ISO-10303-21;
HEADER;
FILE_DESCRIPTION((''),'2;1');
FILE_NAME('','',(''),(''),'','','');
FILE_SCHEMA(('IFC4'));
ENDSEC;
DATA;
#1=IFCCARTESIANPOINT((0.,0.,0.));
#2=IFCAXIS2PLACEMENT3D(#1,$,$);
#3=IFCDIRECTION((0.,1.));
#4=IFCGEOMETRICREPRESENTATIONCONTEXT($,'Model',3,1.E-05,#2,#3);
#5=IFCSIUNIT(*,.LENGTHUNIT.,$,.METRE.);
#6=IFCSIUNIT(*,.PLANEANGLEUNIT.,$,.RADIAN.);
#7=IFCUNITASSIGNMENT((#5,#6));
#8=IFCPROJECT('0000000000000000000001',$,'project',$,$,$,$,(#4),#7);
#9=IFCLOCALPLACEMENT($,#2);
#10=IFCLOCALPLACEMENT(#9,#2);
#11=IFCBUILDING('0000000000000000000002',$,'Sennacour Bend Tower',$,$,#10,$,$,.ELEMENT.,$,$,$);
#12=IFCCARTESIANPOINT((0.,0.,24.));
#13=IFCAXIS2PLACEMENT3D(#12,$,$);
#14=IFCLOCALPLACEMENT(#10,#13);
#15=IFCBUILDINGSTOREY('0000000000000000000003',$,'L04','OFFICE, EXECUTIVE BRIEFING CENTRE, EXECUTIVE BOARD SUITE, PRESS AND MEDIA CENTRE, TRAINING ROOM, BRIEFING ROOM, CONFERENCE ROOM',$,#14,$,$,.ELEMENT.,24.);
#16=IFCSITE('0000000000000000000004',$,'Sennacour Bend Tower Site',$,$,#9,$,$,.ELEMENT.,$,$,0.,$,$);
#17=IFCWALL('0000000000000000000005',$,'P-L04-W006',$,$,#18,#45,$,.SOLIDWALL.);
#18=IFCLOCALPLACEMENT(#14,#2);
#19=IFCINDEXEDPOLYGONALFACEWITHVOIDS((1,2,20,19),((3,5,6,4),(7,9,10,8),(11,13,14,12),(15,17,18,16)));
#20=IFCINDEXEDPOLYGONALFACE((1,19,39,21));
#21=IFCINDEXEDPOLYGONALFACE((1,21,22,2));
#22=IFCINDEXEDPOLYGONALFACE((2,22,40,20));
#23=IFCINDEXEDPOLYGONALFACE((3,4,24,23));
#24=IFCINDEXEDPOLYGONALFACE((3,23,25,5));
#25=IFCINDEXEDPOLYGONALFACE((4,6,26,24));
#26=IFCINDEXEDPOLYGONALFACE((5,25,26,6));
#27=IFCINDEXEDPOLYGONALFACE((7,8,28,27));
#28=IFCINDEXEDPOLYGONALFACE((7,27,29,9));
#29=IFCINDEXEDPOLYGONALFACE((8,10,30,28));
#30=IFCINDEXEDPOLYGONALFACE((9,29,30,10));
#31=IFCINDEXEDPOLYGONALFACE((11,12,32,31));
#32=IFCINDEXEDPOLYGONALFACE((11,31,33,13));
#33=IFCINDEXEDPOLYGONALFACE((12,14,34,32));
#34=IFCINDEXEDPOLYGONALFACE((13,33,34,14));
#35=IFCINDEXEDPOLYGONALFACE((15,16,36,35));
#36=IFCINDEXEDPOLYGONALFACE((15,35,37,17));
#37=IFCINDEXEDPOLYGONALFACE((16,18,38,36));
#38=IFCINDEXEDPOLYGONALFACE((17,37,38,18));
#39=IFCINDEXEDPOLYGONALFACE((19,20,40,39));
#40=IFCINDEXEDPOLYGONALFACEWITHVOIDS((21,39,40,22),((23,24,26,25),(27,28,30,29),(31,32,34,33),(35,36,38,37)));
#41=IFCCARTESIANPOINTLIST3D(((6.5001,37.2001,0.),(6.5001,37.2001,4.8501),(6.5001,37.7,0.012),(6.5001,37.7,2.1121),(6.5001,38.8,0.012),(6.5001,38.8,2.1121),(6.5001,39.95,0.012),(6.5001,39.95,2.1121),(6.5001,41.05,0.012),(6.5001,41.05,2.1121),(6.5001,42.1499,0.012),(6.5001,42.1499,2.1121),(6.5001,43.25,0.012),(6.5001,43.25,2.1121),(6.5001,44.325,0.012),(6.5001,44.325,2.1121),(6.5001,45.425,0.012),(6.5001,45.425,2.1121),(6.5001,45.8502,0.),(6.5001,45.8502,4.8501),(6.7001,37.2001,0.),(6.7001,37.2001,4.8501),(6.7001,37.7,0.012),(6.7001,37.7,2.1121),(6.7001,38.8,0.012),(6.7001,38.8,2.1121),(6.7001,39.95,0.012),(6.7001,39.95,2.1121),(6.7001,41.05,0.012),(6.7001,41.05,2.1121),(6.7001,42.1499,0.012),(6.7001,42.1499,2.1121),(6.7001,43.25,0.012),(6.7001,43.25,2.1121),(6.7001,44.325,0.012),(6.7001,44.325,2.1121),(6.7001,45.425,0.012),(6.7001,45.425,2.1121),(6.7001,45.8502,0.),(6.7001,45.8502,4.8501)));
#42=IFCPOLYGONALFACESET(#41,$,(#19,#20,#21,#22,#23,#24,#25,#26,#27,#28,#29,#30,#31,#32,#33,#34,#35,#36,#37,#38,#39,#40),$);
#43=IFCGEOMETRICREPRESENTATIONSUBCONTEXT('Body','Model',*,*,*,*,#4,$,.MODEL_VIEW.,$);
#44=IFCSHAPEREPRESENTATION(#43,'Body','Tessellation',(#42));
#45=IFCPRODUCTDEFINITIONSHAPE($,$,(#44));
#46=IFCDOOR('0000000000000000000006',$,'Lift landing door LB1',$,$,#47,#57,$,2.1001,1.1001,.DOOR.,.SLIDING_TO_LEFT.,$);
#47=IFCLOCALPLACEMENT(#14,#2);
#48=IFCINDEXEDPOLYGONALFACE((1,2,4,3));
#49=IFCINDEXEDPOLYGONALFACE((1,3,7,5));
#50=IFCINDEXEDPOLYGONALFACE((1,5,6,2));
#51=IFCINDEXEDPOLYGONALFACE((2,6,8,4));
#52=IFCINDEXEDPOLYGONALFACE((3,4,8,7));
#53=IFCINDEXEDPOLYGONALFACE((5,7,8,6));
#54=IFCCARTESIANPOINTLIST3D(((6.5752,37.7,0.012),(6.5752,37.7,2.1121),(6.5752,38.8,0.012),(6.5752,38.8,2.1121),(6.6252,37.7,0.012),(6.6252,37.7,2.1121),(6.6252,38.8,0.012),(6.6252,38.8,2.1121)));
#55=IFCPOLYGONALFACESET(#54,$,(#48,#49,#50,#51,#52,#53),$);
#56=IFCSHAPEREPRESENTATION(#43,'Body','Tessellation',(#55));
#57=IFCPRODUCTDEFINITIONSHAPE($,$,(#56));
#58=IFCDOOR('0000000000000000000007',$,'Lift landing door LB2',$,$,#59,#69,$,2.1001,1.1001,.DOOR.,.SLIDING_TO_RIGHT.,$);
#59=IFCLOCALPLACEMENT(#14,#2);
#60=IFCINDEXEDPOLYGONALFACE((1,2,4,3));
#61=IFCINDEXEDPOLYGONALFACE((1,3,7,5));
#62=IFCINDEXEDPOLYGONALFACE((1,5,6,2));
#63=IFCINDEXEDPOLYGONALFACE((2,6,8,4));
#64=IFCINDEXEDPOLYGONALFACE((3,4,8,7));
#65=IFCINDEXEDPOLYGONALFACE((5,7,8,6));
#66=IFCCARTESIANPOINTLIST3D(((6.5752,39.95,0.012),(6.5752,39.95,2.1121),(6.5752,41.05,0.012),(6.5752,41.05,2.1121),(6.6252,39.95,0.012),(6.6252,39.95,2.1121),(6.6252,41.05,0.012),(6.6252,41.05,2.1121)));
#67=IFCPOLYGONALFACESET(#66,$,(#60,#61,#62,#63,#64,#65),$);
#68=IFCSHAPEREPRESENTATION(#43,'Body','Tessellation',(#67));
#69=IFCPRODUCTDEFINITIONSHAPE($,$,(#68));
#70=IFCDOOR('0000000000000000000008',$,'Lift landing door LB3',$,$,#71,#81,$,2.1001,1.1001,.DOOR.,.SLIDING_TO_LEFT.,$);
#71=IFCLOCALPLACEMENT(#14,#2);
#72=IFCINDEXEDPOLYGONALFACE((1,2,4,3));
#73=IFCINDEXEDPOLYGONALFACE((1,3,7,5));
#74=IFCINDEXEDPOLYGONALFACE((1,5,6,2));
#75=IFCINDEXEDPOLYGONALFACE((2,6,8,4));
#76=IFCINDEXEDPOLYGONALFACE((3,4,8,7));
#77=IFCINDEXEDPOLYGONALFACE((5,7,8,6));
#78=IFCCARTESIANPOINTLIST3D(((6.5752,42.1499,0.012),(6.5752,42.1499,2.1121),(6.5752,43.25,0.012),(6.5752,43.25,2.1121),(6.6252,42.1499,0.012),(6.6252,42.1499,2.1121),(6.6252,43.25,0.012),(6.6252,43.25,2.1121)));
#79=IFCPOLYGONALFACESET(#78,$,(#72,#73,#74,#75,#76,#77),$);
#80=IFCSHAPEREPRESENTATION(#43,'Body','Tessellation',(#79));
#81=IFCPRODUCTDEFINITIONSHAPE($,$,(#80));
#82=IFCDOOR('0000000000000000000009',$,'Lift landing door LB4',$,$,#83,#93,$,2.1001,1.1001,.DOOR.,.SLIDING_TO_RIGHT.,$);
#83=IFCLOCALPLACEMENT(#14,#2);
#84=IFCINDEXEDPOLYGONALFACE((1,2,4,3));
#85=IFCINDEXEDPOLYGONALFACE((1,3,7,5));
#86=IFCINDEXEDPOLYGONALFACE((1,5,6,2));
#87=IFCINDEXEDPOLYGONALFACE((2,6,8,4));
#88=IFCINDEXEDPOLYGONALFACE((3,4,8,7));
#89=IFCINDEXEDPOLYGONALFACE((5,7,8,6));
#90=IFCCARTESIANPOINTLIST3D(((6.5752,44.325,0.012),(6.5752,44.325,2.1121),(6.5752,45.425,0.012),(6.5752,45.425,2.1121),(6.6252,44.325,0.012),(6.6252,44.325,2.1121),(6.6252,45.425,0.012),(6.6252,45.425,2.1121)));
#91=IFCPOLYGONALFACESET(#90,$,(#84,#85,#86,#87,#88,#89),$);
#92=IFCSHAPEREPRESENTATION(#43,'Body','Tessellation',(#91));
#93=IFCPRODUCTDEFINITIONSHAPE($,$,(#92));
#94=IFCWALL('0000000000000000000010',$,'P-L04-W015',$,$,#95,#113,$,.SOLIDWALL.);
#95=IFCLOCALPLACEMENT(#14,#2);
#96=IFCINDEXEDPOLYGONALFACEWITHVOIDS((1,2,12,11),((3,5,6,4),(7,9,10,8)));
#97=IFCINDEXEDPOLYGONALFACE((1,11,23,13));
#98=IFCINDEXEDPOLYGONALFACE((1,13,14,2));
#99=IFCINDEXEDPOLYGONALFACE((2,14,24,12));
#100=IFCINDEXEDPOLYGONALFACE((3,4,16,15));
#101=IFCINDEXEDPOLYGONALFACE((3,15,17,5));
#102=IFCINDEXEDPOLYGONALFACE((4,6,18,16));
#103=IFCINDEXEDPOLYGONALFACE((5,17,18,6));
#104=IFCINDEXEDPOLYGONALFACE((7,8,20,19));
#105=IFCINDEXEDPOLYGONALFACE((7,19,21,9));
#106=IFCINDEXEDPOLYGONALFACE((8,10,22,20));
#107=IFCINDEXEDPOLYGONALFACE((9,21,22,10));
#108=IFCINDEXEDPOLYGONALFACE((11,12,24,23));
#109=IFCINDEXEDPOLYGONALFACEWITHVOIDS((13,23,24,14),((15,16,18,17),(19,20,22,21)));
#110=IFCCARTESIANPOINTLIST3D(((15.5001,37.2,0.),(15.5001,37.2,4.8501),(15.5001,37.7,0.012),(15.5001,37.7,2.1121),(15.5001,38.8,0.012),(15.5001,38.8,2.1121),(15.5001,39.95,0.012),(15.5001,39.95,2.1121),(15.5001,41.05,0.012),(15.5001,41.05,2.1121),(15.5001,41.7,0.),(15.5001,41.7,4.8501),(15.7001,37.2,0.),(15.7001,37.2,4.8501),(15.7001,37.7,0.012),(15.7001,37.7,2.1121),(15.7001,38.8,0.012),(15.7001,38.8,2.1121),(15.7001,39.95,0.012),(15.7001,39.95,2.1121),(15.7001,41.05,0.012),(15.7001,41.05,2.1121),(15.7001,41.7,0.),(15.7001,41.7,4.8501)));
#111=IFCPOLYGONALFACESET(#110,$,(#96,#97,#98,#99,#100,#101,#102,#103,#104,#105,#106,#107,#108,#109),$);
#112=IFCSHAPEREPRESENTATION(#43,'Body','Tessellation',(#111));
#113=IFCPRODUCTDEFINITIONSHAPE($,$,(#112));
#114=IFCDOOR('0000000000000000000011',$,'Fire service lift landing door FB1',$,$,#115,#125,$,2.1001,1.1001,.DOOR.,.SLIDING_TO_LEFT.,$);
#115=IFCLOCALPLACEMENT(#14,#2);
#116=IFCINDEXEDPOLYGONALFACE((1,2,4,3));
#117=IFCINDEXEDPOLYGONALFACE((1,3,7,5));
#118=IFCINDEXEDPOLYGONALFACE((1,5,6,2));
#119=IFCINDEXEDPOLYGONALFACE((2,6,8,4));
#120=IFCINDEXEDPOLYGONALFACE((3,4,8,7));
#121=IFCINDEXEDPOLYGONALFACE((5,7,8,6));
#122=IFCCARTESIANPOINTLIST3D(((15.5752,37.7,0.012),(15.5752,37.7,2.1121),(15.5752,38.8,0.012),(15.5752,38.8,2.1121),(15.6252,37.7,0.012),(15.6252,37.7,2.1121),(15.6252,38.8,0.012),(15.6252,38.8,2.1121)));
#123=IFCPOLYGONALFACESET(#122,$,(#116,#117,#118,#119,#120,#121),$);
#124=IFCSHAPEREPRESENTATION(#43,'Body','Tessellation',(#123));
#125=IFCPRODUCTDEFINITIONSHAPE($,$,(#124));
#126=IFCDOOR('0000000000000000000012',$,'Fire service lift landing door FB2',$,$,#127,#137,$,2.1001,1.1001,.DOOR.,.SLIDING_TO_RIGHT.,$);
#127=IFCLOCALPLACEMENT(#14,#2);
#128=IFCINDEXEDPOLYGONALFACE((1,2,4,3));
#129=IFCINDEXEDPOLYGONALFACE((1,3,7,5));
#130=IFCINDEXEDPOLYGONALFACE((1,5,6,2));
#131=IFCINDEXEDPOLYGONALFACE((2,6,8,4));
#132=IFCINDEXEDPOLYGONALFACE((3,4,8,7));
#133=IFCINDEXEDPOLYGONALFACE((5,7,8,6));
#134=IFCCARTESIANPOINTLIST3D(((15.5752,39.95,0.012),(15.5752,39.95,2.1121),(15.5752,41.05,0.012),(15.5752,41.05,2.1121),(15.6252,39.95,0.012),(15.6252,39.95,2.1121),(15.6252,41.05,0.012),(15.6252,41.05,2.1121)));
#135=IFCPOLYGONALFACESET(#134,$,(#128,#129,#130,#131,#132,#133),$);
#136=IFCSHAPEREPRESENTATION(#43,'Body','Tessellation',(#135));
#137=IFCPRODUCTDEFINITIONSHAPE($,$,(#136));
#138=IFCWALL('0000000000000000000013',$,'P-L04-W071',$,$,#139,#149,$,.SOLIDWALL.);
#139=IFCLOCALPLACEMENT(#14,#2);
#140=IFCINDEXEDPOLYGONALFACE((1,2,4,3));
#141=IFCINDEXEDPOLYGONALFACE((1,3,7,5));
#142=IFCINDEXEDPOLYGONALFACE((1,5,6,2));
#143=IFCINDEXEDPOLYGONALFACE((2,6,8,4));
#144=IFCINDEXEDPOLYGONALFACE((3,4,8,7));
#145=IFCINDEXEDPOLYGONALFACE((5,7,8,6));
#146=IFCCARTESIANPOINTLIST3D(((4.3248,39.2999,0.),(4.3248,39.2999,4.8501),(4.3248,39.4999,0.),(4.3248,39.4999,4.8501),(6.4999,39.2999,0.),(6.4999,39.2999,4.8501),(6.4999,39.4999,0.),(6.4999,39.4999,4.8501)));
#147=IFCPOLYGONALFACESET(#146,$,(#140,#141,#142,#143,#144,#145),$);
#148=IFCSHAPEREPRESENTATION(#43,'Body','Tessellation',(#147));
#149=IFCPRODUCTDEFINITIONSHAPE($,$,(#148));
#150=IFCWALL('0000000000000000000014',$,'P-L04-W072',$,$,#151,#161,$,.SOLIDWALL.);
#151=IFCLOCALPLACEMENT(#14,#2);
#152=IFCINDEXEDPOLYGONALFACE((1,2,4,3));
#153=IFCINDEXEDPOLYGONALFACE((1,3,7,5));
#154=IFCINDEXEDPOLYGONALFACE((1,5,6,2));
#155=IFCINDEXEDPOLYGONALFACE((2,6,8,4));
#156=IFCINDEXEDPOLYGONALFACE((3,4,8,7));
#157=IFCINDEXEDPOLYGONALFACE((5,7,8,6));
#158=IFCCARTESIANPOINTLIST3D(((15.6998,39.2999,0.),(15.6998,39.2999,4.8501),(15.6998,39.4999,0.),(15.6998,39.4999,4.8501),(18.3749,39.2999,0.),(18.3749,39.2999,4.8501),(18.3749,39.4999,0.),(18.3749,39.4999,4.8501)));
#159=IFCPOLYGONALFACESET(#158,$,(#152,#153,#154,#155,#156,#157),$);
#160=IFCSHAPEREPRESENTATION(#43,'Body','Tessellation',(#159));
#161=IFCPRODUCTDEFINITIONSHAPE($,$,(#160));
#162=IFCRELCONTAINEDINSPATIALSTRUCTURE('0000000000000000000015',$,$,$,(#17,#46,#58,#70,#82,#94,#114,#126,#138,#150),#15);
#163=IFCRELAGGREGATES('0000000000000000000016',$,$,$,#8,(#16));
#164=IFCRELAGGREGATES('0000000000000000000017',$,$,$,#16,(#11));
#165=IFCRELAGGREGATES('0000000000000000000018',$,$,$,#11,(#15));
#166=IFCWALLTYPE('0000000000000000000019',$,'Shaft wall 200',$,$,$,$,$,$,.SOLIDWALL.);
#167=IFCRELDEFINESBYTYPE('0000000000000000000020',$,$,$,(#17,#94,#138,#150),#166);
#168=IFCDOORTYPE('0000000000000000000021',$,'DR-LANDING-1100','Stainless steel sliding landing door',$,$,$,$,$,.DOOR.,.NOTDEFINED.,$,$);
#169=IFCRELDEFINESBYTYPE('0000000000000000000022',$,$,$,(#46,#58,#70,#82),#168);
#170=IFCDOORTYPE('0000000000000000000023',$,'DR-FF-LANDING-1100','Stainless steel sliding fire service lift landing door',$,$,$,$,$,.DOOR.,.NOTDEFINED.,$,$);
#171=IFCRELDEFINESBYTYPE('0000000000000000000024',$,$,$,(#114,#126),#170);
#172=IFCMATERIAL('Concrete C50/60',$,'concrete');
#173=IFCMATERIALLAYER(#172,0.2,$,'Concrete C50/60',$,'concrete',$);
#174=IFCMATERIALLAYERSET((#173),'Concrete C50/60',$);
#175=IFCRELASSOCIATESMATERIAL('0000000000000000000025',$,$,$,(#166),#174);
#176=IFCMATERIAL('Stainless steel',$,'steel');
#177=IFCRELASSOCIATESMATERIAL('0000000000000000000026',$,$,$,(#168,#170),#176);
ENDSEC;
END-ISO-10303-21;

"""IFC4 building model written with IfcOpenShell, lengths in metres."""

from ifc_helpers import new_model, si_unit, direction, frame, frame_2d, origin, place, context, subcontext, project, spatial, rectangle, extrude, material, layer, layer_set, type_object, element, fill, save


model = new_model("IFC4")

# Units and contexts
model_context = context("Model", 3, precision=1e-05, world=origin(), true_north=direction((0.0, 1.0)))
body_context = subcontext(model_context, "Body", "Model", "MODEL_VIEW")
ifc_project = project(units=[si_unit("LENGTHUNIT", "METRE"), si_unit("PLANEANGLEUNIT", "RADIAN")], contexts=[model_context])

# Site, building, storey
site_placement = place(None, origin())
site = spatial("IfcSite", under=ifc_project, at=site_placement, Name="Sennacour Bend Tower Site", CompositionType="ELEMENT", RefElevation=0.0)
building_placement = place(site_placement, origin())
building = spatial("IfcBuilding", under=site, at=building_placement, Name="Sennacour Bend Tower", CompositionType="ELEMENT")
storey_placement = place(building_placement, frame((0.0, 0.0, 24.0)))
storey = spatial("IfcBuildingStorey", under=building, at=storey_placement, Name="L04", Description="OFFICE, EXECUTIVE BRIEFING CENTRE, EXECUTIVE BOARD SUITE, PRESS AND MEDIA CENTRE, TRAINING ROOM, BRIEFING ROOM, CONFERENCE ROOM", CompositionType="ELEMENT", Elevation=24.0)

# Walls, openings, doors
ifc_material_1 = material(Name="Concrete C50/60", Category="concrete")
ifc_layer_1 = layer(ifc_material_1, 0.2, Name="Concrete C50/60", Category="concrete")
ifc_layer_set_1 = layer_set([ifc_layer_1], Name="Concrete C50/60")
wall_type_1 = type_object("IfcWallType", Name="Shaft wall 200", PredefinedType="SOLIDWALL", material=ifc_layer_set_1)
wall_1_placement = place(storey_placement, frame((6.6001, 37.2, 0.0), z_axis=(0.0, 0.0, 1.0), x_axis=(0.0, 1.0, 0.0)))
wall_1 = element("IfcWall", 1, at=wall_1_placement, inside=storey, type_object=wall_type_1, Name="P-L04-W006", PredefinedType="SOLIDWALL", context=body_context, shape_type="SweptSolid", body=[
    extrude(rectangle(XDim=8.6501, YDim=0.2, at=frame_2d((4.3252, 0.0))), origin(), (0.0, 0.0, 1.0), 4.8501),
])
opening_1_placement = place(wall_1_placement, frame((0.5, 0.0, 0.012)))
opening_1 = element("IfcOpeningElement", 2, at=opening_1_placement, cuts=wall_1, PredefinedType="OPENING", context=body_context, shape_type="SweptSolid", body=[
    extrude(rectangle(XDim=1.1001, YDim=2.1001, at=frame_2d((0.55, 1.05))), frame((0.0, 0.1099, 0.0), z_axis=(0.0, -1.0, 0.0), x_axis=(1.0, 0.0, 0.0)), (0.0, 0.0, 1.0), 0.22),
])
opening_2_placement = place(wall_1_placement, frame((2.75, 0.0, 0.012)))
opening_2 = element("IfcOpeningElement", 3, at=opening_2_placement, cuts=wall_1, PredefinedType="OPENING", context=body_context, shape_type="SweptSolid", body=[
    extrude(rectangle(XDim=1.1001, YDim=2.1001, at=frame_2d((0.55, 1.05))), frame((0.0, 0.1099, 0.0), z_axis=(0.0, -1.0, 0.0), x_axis=(1.0, 0.0, 0.0)), (0.0, 0.0, 1.0), 0.22),
])
opening_3_placement = place(wall_1_placement, frame((4.95, 0.0, 0.012)))
opening_3 = element("IfcOpeningElement", 4, at=opening_3_placement, cuts=wall_1, PredefinedType="OPENING", context=body_context, shape_type="SweptSolid", body=[
    extrude(rectangle(XDim=1.1001, YDim=2.1001, at=frame_2d((0.55, 1.05))), frame((0.0, 0.1099, 0.0), z_axis=(0.0, -1.0, 0.0), x_axis=(1.0, 0.0, 0.0)), (0.0, 0.0, 1.0), 0.22),
])
opening_4_placement = place(wall_1_placement, frame((7.125, 0.0, 0.012)))
opening_4 = element("IfcOpeningElement", 5, at=opening_4_placement, cuts=wall_1, PredefinedType="OPENING", context=body_context, shape_type="SweptSolid", body=[
    extrude(rectangle(XDim=1.1001, YDim=2.1001, at=frame_2d((0.55, 1.05))), frame((0.0, 0.1099, 0.0), z_axis=(0.0, -1.0, 0.0), x_axis=(1.0, 0.0, 0.0)), (0.0, 0.0, 1.0), 0.22),
])
ifc_material_2 = material(Name="Stainless steel", Category="steel")
door_type_1 = type_object("IfcDoorType", Name="DR-LANDING-1100", Description="Stainless steel sliding landing door", OperationType="NOTDEFINED", PredefinedType="DOOR", material=ifc_material_2)
door_1_placement = place(opening_1_placement, origin())
door_1 = element("IfcDoor", 6, at=door_1_placement, inside=storey, type_object=door_type_1, Name="Lift landing door LB1", OperationType="SLIDING_TO_LEFT", OverallHeight=2.1001, OverallWidth=1.1001, PredefinedType="DOOR", context=body_context, shape_type="SweptSolid", body=[
    extrude(rectangle(XDim=1.1001, YDim=2.1001, at=frame_2d((0.55, 1.05))), frame((0.0, 0.0249, 0.0), z_axis=(0.0, -1.0, 0.0), x_axis=(1.0, 0.0, 0.0)), (0.0, 0.0, 1.0), 0.05),
])
fill(opening_1, door_1)
door_2_placement = place(opening_2_placement, origin())
door_2 = element("IfcDoor", 7, at=door_2_placement, inside=storey, type_object=door_type_1, Name="Lift landing door LB2", OperationType="SLIDING_TO_RIGHT", OverallHeight=2.1001, OverallWidth=1.1001, PredefinedType="DOOR", context=body_context, shape_type="SweptSolid", body=[
    extrude(rectangle(XDim=1.1001, YDim=2.1001, at=frame_2d((0.55, 1.05))), frame((0.0, 0.0249, 0.0), z_axis=(0.0, -1.0, 0.0), x_axis=(1.0, 0.0, 0.0)), (0.0, 0.0, 1.0), 0.05),
])
fill(opening_2, door_2)
door_3_placement = place(opening_3_placement, origin())
door_3 = element("IfcDoor", 8, at=door_3_placement, inside=storey, type_object=door_type_1, Name="Lift landing door LB3", OperationType="SLIDING_TO_LEFT", OverallHeight=2.1001, OverallWidth=1.1001, PredefinedType="DOOR", context=body_context, shape_type="SweptSolid", body=[
    extrude(rectangle(XDim=1.1001, YDim=2.1001, at=frame_2d((0.55, 1.05))), frame((0.0, 0.0249, 0.0), z_axis=(0.0, -1.0, 0.0), x_axis=(1.0, 0.0, 0.0)), (0.0, 0.0, 1.0), 0.05),
])
fill(opening_3, door_3)
door_4_placement = place(opening_4_placement, origin())
door_4 = element("IfcDoor", 9, at=door_4_placement, inside=storey, type_object=door_type_1, Name="Lift landing door LB4", OperationType="SLIDING_TO_RIGHT", OverallHeight=2.1001, OverallWidth=1.1001, PredefinedType="DOOR", context=body_context, shape_type="SweptSolid", body=[
    extrude(rectangle(XDim=1.1001, YDim=2.1001, at=frame_2d((0.55, 1.05))), frame((0.0, 0.0249, 0.0), z_axis=(0.0, -1.0, 0.0), x_axis=(1.0, 0.0, 0.0)), (0.0, 0.0, 1.0), 0.05),
])
fill(opening_4, door_4)
wall_2_placement = place(storey_placement, frame((15.6001, 37.2, 0.0), z_axis=(0.0, 0.0, 1.0), x_axis=(0.0, 1.0, 0.0)))
wall_2 = element("IfcWall", 10, at=wall_2_placement, inside=storey, type_object=wall_type_1, Name="P-L04-W015", PredefinedType="SOLIDWALL", context=body_context, shape_type="SweptSolid", body=[
    extrude(rectangle(XDim=4.5, YDim=0.2, at=frame_2d((2.25, 0.0))), origin(), (0.0, 0.0, 1.0), 4.8501),
])
opening_5_placement = place(wall_2_placement, frame((0.5, 0.0, 0.012)))
opening_5 = element("IfcOpeningElement", 11, at=opening_5_placement, cuts=wall_2, PredefinedType="OPENING", context=body_context, shape_type="SweptSolid", body=[
    extrude(rectangle(XDim=1.1001, YDim=2.1001, at=frame_2d((0.55, 1.05))), frame((0.0, 0.1099, 0.0), z_axis=(0.0, -1.0, 0.0), x_axis=(1.0, 0.0, 0.0)), (0.0, 0.0, 1.0), 0.22),
])
opening_6_placement = place(wall_2_placement, frame((2.75, 0.0, 0.012)))
opening_6 = element("IfcOpeningElement", 12, at=opening_6_placement, cuts=wall_2, PredefinedType="OPENING", context=body_context, shape_type="SweptSolid", body=[
    extrude(rectangle(XDim=1.1001, YDim=2.1001, at=frame_2d((0.55, 1.05))), frame((0.0, 0.1099, 0.0), z_axis=(0.0, -1.0, 0.0), x_axis=(1.0, 0.0, 0.0)), (0.0, 0.0, 1.0), 0.22),
])
door_type_2 = type_object("IfcDoorType", Name="DR-FF-LANDING-1100", Description="Stainless steel sliding fire service lift landing door", OperationType="NOTDEFINED", PredefinedType="DOOR", material=ifc_material_2)
door_5_placement = place(opening_5_placement, origin())
door_5 = element("IfcDoor", 13, at=door_5_placement, inside=storey, type_object=door_type_2, Name="Fire service lift landing door FB1", OperationType="SLIDING_TO_LEFT", OverallHeight=2.1001, OverallWidth=1.1001, PredefinedType="DOOR", context=body_context, shape_type="SweptSolid", body=[
    extrude(rectangle(XDim=1.1001, YDim=2.1001, at=frame_2d((0.55, 1.05))), frame((0.0, 0.0249, 0.0), z_axis=(0.0, -1.0, 0.0), x_axis=(1.0, 0.0, 0.0)), (0.0, 0.0, 1.0), 0.05),
])
fill(opening_5, door_5)
door_6_placement = place(opening_6_placement, origin())
door_6 = element("IfcDoor", 14, at=door_6_placement, inside=storey, type_object=door_type_2, Name="Fire service lift landing door FB2", OperationType="SLIDING_TO_RIGHT", OverallHeight=2.1001, OverallWidth=1.1001, PredefinedType="DOOR", context=body_context, shape_type="SweptSolid", body=[
    extrude(rectangle(XDim=1.1001, YDim=2.1001, at=frame_2d((0.55, 1.05))), frame((0.0, 0.0249, 0.0), z_axis=(0.0, -1.0, 0.0), x_axis=(1.0, 0.0, 0.0)), (0.0, 0.0, 1.0), 0.05),
])
fill(opening_6, door_6)

# Walls
wall_3_placement = place(storey_placement, frame((4.325, 39.3999, 0.0), z_axis=(0.0, 0.0, 1.0), x_axis=(1.0, 0.0, 0.0)))
element("IfcWall", 15, at=wall_3_placement, inside=storey, type_object=wall_type_1, Name="P-L04-W071", PredefinedType="SOLIDWALL", context=body_context, shape_type="SweptSolid", body=[
    extrude(rectangle(XDim=2.175, YDim=0.2, at=frame_2d((1.0874, 0.0))), origin(), (0.0, 0.0, 1.0), 4.8501),
])
wall_4_placement = place(storey_placement, frame((15.7, 39.3999, 0.0), z_axis=(0.0, 0.0, 1.0), x_axis=(1.0, 0.0, 0.0)))
element("IfcWall", 16, at=wall_4_placement, inside=storey, type_object=wall_type_1, Name="P-L04-W072", PredefinedType="SOLIDWALL", context=body_context, shape_type="SweptSolid", body=[
    extrude(rectangle(XDim=2.675, YDim=0.2, at=frame_2d((1.3374, 0.0))), origin(), (0.0, 0.0, 1.0), 4.8501),
])

save(model, "model.ifc")
